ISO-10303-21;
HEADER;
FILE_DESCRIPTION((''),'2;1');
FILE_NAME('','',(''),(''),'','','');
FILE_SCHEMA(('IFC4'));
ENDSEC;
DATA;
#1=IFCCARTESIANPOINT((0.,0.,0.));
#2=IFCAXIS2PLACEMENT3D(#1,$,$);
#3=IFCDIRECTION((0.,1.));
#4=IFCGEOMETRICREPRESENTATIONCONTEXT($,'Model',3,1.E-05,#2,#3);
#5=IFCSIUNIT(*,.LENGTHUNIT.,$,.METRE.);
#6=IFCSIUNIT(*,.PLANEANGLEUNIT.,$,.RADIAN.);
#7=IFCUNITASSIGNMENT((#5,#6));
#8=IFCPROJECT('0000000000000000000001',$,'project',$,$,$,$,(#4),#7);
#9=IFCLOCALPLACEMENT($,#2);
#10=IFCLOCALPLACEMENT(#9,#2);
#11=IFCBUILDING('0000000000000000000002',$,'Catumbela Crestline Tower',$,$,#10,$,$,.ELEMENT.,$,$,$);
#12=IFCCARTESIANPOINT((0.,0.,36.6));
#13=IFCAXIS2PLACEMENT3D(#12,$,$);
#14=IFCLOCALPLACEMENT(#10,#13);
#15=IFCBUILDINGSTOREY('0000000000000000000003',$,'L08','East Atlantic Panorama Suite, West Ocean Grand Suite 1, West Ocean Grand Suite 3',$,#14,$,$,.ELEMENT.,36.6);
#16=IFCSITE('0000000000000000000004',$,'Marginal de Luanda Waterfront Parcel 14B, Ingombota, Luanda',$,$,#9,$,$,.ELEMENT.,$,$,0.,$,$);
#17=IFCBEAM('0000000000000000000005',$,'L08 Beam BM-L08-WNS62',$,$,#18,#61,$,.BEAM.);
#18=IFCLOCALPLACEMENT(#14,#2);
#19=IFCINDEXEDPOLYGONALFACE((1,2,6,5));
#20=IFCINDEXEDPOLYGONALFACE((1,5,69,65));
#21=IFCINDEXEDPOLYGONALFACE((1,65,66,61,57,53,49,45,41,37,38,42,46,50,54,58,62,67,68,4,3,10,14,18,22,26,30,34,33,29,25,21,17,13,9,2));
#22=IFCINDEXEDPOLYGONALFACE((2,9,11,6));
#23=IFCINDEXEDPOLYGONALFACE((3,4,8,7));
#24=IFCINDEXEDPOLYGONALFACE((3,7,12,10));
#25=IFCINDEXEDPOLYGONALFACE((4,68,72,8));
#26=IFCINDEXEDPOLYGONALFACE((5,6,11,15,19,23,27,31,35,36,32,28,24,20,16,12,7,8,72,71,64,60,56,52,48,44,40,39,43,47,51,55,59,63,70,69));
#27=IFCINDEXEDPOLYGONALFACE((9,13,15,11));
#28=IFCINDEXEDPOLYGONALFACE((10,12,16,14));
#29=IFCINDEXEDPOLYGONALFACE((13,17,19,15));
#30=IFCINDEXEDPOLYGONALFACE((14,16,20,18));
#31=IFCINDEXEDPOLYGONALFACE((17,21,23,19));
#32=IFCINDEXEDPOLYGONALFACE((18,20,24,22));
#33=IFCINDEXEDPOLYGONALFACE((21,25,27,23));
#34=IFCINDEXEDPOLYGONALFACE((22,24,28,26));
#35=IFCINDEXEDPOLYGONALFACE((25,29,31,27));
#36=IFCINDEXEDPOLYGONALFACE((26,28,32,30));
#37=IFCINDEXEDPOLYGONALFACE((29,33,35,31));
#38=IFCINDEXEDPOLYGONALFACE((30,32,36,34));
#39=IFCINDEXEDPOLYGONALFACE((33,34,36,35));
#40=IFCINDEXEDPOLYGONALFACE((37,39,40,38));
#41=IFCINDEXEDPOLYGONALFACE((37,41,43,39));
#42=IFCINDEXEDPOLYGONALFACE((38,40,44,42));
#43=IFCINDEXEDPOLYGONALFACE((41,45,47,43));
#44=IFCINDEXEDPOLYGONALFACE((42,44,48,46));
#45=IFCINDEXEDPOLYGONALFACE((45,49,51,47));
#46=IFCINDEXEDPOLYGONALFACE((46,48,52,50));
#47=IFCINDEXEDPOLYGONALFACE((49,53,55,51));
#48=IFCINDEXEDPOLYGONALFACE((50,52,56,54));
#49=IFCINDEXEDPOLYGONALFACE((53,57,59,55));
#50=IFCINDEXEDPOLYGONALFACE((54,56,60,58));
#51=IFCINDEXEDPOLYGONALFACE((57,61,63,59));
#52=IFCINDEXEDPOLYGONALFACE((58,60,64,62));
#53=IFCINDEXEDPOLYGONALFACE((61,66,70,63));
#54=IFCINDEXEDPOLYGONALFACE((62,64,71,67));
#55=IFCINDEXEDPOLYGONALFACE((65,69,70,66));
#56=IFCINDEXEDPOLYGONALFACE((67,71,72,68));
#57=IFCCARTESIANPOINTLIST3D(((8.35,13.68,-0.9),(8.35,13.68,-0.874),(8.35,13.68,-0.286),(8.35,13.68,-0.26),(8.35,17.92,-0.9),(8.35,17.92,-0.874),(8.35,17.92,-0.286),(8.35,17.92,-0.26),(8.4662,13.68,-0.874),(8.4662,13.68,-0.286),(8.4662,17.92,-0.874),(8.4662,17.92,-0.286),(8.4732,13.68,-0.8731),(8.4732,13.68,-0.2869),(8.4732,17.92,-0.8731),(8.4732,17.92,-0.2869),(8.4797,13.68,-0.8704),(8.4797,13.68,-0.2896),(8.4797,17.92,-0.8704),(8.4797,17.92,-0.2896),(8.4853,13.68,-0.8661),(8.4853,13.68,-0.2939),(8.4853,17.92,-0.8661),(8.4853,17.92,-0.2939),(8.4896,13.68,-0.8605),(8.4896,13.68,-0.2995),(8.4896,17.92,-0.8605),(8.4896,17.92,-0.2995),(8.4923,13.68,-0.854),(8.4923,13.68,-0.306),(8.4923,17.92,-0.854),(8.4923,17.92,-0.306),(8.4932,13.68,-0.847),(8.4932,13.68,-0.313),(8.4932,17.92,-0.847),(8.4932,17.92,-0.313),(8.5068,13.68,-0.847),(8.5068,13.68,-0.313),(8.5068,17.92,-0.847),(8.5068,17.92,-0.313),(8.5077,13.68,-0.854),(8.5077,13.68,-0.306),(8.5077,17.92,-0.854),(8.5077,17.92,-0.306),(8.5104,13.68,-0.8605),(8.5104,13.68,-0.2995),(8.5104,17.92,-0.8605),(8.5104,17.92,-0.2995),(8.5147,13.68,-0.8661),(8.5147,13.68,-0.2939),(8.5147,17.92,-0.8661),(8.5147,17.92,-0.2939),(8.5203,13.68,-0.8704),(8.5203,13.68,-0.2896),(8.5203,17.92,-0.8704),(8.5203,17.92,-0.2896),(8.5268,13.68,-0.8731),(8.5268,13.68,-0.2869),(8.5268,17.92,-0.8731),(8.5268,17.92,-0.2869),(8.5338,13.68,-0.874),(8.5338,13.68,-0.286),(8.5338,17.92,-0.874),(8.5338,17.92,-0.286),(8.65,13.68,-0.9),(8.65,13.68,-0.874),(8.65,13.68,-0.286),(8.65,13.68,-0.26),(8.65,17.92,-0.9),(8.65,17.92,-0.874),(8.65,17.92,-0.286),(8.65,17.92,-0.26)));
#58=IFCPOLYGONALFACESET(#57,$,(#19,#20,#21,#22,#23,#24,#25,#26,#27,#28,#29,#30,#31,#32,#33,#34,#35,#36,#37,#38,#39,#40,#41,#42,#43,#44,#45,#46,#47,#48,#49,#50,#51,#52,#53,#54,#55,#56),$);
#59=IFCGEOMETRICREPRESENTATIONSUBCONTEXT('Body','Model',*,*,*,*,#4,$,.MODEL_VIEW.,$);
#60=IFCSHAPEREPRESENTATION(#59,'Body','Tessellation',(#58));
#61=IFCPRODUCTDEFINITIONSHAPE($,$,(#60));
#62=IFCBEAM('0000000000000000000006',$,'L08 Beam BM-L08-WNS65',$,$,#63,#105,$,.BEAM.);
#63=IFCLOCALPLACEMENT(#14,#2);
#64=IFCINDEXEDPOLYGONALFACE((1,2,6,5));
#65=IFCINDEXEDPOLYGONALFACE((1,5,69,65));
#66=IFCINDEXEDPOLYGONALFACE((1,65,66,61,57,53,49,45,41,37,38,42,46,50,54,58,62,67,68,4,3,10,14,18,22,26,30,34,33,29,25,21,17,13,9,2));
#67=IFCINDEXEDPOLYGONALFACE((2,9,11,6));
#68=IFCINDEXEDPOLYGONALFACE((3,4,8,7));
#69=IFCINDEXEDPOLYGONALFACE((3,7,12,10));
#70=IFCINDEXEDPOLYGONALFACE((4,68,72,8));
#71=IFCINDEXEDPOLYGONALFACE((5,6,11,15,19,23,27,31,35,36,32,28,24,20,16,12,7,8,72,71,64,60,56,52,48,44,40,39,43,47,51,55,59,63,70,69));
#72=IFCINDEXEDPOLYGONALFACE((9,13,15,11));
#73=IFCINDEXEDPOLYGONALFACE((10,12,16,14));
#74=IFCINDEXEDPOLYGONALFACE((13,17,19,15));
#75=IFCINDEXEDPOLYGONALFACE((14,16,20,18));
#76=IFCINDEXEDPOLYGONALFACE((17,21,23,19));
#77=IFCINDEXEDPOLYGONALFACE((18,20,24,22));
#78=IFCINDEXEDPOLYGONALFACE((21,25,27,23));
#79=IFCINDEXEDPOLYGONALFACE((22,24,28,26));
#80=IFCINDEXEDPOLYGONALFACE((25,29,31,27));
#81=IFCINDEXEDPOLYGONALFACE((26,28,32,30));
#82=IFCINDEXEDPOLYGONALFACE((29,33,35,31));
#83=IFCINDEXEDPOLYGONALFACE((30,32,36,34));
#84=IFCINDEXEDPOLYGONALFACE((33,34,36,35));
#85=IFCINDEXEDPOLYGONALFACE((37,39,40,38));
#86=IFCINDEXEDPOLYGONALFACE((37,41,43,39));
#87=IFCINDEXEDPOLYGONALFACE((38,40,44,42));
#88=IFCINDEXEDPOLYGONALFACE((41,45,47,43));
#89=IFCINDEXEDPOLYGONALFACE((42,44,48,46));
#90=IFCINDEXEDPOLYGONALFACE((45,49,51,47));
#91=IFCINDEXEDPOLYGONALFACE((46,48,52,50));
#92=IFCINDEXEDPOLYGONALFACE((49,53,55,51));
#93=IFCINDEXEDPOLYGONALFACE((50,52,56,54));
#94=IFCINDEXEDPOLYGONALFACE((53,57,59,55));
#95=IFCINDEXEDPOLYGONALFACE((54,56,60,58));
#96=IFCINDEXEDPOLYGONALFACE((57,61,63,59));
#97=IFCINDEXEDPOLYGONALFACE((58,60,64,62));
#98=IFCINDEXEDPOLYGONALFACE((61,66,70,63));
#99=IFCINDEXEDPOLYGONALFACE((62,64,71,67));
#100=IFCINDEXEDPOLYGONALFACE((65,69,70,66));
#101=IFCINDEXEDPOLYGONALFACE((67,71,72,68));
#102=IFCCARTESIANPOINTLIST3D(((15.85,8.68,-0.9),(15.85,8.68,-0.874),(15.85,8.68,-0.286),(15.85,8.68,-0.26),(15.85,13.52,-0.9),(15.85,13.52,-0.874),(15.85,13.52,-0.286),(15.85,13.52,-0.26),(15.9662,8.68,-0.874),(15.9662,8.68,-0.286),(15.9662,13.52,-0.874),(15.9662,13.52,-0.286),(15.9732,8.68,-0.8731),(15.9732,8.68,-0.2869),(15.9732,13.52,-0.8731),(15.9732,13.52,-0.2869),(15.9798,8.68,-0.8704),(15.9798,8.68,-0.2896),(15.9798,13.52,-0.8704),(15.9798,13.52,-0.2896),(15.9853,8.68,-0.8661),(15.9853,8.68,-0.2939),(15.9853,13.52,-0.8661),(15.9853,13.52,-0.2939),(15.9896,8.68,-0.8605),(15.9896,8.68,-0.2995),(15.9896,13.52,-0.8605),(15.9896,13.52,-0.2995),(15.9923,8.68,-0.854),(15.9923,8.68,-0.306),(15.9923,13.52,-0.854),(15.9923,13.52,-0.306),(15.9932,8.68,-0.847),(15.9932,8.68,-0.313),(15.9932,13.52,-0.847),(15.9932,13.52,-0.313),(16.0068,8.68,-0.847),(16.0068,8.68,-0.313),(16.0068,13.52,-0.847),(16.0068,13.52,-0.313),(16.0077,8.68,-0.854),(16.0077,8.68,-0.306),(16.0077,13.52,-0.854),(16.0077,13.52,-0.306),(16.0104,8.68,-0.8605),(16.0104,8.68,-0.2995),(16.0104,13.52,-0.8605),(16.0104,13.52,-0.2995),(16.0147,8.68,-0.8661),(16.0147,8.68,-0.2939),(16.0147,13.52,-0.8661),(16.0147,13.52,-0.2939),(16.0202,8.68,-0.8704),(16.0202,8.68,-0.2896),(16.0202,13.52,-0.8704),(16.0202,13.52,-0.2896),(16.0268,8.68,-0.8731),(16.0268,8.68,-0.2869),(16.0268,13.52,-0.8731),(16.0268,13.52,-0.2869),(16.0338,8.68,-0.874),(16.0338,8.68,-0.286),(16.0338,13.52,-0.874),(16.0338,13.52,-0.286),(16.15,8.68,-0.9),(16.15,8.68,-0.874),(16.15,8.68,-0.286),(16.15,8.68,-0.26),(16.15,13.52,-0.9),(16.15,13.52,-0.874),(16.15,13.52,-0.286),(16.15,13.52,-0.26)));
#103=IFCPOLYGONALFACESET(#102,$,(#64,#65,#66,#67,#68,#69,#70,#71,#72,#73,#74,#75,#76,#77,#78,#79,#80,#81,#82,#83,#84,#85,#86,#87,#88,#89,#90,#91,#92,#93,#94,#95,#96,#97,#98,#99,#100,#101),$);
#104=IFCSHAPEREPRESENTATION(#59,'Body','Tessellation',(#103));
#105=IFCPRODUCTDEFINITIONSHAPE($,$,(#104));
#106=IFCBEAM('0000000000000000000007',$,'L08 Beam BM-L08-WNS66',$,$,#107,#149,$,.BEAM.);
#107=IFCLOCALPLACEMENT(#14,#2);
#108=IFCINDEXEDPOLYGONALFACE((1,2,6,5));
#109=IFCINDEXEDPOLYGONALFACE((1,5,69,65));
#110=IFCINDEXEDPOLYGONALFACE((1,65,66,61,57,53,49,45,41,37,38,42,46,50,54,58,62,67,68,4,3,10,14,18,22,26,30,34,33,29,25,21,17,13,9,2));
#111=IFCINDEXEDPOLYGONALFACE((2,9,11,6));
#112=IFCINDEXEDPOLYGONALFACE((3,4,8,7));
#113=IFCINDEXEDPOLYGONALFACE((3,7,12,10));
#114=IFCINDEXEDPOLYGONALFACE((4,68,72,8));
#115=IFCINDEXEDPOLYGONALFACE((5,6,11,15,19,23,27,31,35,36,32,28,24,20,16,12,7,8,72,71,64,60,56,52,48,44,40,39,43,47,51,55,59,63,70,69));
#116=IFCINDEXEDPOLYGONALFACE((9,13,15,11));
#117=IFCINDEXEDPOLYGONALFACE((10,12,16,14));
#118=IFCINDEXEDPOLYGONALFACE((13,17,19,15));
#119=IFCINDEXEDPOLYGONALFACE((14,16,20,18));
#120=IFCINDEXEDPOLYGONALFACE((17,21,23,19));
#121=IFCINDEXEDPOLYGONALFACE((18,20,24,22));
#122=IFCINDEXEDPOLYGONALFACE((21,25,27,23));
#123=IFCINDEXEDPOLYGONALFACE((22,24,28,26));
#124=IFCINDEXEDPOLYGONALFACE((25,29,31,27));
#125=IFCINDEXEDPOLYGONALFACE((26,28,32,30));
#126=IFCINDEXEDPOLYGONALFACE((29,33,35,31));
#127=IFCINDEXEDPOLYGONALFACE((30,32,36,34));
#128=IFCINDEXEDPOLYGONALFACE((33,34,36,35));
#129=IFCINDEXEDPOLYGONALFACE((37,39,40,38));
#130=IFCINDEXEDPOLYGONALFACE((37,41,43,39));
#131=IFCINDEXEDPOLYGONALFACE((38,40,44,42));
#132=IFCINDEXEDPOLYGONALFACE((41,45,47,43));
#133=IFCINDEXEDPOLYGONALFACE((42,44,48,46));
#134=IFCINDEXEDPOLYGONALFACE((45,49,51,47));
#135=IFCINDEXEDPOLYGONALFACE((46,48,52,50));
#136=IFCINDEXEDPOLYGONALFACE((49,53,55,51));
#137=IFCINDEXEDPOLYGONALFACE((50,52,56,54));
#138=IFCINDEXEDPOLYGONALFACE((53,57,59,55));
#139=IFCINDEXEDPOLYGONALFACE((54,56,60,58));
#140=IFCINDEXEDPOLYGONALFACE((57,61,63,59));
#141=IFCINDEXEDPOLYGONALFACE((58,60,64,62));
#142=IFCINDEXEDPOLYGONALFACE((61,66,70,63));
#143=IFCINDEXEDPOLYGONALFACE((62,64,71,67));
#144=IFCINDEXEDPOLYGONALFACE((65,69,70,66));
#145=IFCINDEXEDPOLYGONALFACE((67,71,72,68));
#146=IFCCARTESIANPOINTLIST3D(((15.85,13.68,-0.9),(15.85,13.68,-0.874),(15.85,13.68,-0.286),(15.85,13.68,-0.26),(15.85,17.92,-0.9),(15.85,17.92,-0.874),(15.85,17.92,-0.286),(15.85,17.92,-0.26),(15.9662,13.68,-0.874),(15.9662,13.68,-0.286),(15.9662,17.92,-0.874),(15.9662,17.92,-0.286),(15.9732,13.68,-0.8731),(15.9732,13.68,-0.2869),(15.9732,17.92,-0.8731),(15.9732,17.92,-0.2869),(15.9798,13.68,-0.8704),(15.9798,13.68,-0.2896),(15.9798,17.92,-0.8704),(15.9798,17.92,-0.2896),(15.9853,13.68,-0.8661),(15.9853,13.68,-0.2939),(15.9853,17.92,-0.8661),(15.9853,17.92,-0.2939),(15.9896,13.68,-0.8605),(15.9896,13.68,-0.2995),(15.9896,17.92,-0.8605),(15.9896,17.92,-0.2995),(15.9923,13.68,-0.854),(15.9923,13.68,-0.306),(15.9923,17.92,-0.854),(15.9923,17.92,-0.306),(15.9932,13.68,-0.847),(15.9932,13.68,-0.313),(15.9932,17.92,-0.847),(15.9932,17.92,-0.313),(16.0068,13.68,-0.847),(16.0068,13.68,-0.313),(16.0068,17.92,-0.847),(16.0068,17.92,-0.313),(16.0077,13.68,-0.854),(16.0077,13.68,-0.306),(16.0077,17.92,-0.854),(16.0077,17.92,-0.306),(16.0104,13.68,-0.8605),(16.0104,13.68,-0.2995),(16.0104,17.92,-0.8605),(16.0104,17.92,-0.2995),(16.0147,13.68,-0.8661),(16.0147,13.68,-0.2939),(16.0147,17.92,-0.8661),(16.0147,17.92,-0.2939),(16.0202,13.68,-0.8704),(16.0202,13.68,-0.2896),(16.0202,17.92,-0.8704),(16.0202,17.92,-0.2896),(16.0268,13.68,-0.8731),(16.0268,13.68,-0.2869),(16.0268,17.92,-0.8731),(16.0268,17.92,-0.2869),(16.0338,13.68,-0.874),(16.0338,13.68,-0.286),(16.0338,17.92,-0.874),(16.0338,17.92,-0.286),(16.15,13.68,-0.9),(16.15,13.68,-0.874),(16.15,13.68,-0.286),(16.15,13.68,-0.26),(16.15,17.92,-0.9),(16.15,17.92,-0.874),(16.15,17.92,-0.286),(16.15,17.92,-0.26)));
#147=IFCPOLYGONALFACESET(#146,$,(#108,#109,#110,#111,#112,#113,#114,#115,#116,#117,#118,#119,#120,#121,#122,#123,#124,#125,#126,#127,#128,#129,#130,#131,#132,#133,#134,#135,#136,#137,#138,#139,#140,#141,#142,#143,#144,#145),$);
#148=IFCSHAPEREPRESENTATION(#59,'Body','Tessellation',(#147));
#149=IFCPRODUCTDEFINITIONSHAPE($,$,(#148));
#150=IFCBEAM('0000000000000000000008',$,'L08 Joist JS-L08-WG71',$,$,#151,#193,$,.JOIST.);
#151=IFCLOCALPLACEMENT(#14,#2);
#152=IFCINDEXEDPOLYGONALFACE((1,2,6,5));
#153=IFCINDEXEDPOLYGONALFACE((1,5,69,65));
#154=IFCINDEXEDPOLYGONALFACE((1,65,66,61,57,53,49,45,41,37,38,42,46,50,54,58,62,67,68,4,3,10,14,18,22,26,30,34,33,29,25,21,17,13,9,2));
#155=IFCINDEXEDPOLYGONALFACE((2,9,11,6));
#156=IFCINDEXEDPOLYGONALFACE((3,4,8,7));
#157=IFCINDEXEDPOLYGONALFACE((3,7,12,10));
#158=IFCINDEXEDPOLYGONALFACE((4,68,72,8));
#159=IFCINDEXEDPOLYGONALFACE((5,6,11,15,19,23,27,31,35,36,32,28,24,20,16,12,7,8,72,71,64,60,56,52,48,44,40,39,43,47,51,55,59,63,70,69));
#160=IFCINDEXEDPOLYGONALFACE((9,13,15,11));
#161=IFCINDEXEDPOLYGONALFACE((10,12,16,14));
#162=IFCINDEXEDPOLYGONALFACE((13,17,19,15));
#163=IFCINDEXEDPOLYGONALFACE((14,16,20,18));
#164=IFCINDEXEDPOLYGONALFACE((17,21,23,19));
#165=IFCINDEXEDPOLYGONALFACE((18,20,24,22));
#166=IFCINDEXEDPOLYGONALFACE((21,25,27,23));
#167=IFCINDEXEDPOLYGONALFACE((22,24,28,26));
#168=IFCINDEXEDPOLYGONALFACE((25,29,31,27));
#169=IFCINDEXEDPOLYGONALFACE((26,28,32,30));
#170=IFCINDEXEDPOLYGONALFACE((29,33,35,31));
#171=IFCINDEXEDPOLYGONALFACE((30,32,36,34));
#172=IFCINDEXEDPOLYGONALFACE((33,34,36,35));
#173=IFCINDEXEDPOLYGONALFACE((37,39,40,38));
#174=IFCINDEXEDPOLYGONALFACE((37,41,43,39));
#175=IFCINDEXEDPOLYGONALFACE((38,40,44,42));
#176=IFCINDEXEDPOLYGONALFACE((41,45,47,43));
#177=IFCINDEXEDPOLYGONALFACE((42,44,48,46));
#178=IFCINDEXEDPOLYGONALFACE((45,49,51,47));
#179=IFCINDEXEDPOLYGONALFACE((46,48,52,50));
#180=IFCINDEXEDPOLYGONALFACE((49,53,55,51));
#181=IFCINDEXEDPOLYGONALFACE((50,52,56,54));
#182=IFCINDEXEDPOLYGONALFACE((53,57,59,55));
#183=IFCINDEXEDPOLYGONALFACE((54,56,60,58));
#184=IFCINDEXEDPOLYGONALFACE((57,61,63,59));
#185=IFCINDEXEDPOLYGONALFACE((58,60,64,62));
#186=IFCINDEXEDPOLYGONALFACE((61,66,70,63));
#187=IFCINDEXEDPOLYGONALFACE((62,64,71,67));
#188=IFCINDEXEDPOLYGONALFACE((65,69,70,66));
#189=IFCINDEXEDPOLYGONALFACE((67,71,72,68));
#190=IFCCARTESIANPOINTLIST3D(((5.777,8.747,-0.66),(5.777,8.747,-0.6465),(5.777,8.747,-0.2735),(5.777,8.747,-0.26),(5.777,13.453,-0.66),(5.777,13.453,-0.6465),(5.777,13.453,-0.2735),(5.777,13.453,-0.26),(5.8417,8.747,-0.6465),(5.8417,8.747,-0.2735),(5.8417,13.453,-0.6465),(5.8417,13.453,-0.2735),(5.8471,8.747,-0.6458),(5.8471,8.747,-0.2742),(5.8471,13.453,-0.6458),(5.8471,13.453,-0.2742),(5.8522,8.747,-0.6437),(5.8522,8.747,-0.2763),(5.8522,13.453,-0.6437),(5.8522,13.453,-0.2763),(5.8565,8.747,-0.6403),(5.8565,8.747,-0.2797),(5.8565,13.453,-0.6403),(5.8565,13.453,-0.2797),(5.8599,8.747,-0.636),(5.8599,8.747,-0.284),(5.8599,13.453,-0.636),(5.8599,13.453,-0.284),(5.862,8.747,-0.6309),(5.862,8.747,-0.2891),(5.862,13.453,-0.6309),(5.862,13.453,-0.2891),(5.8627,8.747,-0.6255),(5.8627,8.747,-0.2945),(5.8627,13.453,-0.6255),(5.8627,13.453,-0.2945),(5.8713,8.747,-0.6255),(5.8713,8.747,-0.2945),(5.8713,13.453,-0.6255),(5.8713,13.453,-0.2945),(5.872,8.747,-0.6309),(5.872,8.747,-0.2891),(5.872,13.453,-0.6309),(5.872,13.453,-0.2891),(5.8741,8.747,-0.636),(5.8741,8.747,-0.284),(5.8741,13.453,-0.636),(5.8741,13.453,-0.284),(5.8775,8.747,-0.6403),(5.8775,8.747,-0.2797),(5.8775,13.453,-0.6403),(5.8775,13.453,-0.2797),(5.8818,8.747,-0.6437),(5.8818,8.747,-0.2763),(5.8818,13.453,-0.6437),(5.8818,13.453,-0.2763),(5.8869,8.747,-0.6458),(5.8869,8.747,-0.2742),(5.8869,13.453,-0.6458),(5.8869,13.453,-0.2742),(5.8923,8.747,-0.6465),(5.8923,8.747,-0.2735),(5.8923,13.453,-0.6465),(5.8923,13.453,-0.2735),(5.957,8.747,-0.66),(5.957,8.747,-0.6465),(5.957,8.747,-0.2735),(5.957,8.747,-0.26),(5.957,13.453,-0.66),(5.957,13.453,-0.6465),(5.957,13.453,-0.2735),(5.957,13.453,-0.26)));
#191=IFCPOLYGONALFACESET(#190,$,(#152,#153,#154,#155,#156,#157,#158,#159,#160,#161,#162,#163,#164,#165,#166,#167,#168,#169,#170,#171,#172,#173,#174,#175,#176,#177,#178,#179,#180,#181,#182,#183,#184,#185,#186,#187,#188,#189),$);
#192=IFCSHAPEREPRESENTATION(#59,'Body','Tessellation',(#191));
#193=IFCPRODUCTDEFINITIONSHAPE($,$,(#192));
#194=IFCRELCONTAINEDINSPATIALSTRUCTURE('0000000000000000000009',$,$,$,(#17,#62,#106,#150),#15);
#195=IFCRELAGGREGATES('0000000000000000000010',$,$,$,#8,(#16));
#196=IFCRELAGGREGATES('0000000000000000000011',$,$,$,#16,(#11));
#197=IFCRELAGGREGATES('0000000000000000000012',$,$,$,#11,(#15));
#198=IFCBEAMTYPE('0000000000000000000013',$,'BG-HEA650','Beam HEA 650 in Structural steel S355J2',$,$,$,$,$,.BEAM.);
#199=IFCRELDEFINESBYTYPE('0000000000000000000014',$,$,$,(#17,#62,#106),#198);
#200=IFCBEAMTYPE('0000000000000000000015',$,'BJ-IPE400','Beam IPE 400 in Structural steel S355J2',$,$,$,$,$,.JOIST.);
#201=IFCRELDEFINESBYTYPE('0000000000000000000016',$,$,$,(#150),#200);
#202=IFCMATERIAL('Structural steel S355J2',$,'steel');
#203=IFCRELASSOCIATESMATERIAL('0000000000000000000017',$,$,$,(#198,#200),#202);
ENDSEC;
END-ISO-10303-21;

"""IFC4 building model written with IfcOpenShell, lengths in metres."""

from ifc_helpers import new_model, si_unit, direction, frame, origin, origin_2d, place, context, subcontext, project, spatial, i_section, extrude, material, material_profile, profile_set, type_object, element, save


model = new_model("IFC4")

# Units and contexts
model_context = context("Model", 3, precision=1e-05, world=origin(), true_north=direction((0.0, 1.0)))
body_context = subcontext(model_context, "Body", "Model", "MODEL_VIEW")
ifc_project = project(units=[si_unit("LENGTHUNIT", "METRE"), si_unit("PLANEANGLEUNIT", "RADIAN")], contexts=[model_context])

# Site, building, storey
site_placement = place(None, origin())
site = spatial("IfcSite", under=ifc_project, at=site_placement, Name="Marginal de Luanda Waterfront Parcel 14B, Ingombota, Luanda", CompositionType="ELEMENT", RefElevation=0.0)
building_placement = place(site_placement, origin())
building = spatial("IfcBuilding", under=site, at=building_placement, Name="Catumbela Crestline Tower", CompositionType="ELEMENT")
storey_placement = place(building_placement, frame((0.0, 0.0, 36.6)))
storey = spatial("IfcBuildingStorey", under=building, at=storey_placement, Name="L08", Description="East Atlantic Panorama Suite, West Ocean Grand Suite 1, West Ocean Grand Suite 3", CompositionType="ELEMENT", Elevation=36.6)

# Beams
ifc_material_1 = material(Name="Structural steel S355J2", Category="steel")
ifc_material_profile_1 = material_profile(ifc_material_1, i_section(OverallWidth=0.3, OverallDepth=0.64, WebThickness=0.0135, FlangeThickness=0.026, FilletRadius=0.027, at=origin_2d()), Name="HEA 650")
ifc_profile_set_1 = profile_set([ifc_material_profile_1], Name="Structural steel S355J2")
beam_type_1 = type_object("IfcBeamType", Name="BG-HEA650", Description="Beam HEA 650 in Structural steel S355J2", PredefinedType="BEAM", material=ifc_profile_set_1)
beam_1_placement = place(storey_placement, frame((8.5, 13.68, -0.58), z_axis=(0.0, 1.0, 0.0), x_axis=(-1.0, 0.0, 0.0)))
element("IfcBeam", 1, at=beam_1_placement, inside=storey, type_object=beam_type_1, Name="L08 Beam BM-L08-WNS62", PredefinedType="BEAM", context=body_context, shape_type="SweptSolid", body=[
    extrude(i_section(OverallWidth=0.3, OverallDepth=0.64, WebThickness=0.0135, FlangeThickness=0.026, FilletRadius=0.027, at=origin_2d()), origin(), (0.0, 0.0, 1.0), 4.24),
])
beam_2_placement = place(storey_placement, frame((16.0, 8.68, -0.58), z_axis=(0.0, 1.0, 0.0), x_axis=(-1.0, 0.0, 0.0)))
element("IfcBeam", 2, at=beam_2_placement, inside=storey, type_object=beam_type_1, Name="L08 Beam BM-L08-WNS65", PredefinedType="BEAM", context=body_context, shape_type="SweptSolid", body=[
    extrude(i_section(OverallWidth=0.3, OverallDepth=0.64, WebThickness=0.0135, FlangeThickness=0.026, FilletRadius=0.027, at=origin_2d()), origin(), (0.0, 0.0, 1.0), 4.84),
])
beam_3_placement = place(storey_placement, frame((16.0, 13.68, -0.58), z_axis=(0.0, 1.0, 0.0), x_axis=(-1.0, 0.0, 0.0)))
element("IfcBeam", 3, at=beam_3_placement, inside=storey, type_object=beam_type_1, Name="L08 Beam BM-L08-WNS66", PredefinedType="BEAM", context=body_context, shape_type="SweptSolid", body=[
    extrude(i_section(OverallWidth=0.3, OverallDepth=0.64, WebThickness=0.0135, FlangeThickness=0.026, FilletRadius=0.027, at=origin_2d()), origin(), (0.0, 0.0, 1.0), 4.24),
])
ifc_material_profile_2 = material_profile(ifc_material_1, i_section(OverallWidth=0.18, OverallDepth=0.4, WebThickness=0.0086, FlangeThickness=0.0135, FilletRadius=0.021, at=origin_2d()), Name="IPE 400")
ifc_profile_set_2 = profile_set([ifc_material_profile_2], Name="Structural steel S355J2")
beam_type_2 = type_object("IfcBeamType", Name="BJ-IPE400", Description="Beam IPE 400 in Structural steel S355J2", PredefinedType="JOIST", material=ifc_profile_set_2)
for number, where, z_axis, x_axis, name in (
    (4, (5.867, 8.747, -0.46), (0.0, 1.0, 0.0), (-1.0, 0.0, 0.0), "L08 Joist JS-L08-WG71"),
):
    element("IfcBeam", number, at=place(storey_placement, frame(where, z_axis=z_axis, x_axis=x_axis)), inside=storey, type_object=beam_type_2, Name=name, PredefinedType="JOIST", context=body_context, shape_type="SweptSolid", body=[
        extrude(i_section(OverallWidth=0.18, OverallDepth=0.4, WebThickness=0.0086, FlangeThickness=0.0135, FilletRadius=0.021, at=origin_2d()), origin(), (0.0, 0.0, 1.0), 4.706),
    ])

save(model, "model.ifc")
